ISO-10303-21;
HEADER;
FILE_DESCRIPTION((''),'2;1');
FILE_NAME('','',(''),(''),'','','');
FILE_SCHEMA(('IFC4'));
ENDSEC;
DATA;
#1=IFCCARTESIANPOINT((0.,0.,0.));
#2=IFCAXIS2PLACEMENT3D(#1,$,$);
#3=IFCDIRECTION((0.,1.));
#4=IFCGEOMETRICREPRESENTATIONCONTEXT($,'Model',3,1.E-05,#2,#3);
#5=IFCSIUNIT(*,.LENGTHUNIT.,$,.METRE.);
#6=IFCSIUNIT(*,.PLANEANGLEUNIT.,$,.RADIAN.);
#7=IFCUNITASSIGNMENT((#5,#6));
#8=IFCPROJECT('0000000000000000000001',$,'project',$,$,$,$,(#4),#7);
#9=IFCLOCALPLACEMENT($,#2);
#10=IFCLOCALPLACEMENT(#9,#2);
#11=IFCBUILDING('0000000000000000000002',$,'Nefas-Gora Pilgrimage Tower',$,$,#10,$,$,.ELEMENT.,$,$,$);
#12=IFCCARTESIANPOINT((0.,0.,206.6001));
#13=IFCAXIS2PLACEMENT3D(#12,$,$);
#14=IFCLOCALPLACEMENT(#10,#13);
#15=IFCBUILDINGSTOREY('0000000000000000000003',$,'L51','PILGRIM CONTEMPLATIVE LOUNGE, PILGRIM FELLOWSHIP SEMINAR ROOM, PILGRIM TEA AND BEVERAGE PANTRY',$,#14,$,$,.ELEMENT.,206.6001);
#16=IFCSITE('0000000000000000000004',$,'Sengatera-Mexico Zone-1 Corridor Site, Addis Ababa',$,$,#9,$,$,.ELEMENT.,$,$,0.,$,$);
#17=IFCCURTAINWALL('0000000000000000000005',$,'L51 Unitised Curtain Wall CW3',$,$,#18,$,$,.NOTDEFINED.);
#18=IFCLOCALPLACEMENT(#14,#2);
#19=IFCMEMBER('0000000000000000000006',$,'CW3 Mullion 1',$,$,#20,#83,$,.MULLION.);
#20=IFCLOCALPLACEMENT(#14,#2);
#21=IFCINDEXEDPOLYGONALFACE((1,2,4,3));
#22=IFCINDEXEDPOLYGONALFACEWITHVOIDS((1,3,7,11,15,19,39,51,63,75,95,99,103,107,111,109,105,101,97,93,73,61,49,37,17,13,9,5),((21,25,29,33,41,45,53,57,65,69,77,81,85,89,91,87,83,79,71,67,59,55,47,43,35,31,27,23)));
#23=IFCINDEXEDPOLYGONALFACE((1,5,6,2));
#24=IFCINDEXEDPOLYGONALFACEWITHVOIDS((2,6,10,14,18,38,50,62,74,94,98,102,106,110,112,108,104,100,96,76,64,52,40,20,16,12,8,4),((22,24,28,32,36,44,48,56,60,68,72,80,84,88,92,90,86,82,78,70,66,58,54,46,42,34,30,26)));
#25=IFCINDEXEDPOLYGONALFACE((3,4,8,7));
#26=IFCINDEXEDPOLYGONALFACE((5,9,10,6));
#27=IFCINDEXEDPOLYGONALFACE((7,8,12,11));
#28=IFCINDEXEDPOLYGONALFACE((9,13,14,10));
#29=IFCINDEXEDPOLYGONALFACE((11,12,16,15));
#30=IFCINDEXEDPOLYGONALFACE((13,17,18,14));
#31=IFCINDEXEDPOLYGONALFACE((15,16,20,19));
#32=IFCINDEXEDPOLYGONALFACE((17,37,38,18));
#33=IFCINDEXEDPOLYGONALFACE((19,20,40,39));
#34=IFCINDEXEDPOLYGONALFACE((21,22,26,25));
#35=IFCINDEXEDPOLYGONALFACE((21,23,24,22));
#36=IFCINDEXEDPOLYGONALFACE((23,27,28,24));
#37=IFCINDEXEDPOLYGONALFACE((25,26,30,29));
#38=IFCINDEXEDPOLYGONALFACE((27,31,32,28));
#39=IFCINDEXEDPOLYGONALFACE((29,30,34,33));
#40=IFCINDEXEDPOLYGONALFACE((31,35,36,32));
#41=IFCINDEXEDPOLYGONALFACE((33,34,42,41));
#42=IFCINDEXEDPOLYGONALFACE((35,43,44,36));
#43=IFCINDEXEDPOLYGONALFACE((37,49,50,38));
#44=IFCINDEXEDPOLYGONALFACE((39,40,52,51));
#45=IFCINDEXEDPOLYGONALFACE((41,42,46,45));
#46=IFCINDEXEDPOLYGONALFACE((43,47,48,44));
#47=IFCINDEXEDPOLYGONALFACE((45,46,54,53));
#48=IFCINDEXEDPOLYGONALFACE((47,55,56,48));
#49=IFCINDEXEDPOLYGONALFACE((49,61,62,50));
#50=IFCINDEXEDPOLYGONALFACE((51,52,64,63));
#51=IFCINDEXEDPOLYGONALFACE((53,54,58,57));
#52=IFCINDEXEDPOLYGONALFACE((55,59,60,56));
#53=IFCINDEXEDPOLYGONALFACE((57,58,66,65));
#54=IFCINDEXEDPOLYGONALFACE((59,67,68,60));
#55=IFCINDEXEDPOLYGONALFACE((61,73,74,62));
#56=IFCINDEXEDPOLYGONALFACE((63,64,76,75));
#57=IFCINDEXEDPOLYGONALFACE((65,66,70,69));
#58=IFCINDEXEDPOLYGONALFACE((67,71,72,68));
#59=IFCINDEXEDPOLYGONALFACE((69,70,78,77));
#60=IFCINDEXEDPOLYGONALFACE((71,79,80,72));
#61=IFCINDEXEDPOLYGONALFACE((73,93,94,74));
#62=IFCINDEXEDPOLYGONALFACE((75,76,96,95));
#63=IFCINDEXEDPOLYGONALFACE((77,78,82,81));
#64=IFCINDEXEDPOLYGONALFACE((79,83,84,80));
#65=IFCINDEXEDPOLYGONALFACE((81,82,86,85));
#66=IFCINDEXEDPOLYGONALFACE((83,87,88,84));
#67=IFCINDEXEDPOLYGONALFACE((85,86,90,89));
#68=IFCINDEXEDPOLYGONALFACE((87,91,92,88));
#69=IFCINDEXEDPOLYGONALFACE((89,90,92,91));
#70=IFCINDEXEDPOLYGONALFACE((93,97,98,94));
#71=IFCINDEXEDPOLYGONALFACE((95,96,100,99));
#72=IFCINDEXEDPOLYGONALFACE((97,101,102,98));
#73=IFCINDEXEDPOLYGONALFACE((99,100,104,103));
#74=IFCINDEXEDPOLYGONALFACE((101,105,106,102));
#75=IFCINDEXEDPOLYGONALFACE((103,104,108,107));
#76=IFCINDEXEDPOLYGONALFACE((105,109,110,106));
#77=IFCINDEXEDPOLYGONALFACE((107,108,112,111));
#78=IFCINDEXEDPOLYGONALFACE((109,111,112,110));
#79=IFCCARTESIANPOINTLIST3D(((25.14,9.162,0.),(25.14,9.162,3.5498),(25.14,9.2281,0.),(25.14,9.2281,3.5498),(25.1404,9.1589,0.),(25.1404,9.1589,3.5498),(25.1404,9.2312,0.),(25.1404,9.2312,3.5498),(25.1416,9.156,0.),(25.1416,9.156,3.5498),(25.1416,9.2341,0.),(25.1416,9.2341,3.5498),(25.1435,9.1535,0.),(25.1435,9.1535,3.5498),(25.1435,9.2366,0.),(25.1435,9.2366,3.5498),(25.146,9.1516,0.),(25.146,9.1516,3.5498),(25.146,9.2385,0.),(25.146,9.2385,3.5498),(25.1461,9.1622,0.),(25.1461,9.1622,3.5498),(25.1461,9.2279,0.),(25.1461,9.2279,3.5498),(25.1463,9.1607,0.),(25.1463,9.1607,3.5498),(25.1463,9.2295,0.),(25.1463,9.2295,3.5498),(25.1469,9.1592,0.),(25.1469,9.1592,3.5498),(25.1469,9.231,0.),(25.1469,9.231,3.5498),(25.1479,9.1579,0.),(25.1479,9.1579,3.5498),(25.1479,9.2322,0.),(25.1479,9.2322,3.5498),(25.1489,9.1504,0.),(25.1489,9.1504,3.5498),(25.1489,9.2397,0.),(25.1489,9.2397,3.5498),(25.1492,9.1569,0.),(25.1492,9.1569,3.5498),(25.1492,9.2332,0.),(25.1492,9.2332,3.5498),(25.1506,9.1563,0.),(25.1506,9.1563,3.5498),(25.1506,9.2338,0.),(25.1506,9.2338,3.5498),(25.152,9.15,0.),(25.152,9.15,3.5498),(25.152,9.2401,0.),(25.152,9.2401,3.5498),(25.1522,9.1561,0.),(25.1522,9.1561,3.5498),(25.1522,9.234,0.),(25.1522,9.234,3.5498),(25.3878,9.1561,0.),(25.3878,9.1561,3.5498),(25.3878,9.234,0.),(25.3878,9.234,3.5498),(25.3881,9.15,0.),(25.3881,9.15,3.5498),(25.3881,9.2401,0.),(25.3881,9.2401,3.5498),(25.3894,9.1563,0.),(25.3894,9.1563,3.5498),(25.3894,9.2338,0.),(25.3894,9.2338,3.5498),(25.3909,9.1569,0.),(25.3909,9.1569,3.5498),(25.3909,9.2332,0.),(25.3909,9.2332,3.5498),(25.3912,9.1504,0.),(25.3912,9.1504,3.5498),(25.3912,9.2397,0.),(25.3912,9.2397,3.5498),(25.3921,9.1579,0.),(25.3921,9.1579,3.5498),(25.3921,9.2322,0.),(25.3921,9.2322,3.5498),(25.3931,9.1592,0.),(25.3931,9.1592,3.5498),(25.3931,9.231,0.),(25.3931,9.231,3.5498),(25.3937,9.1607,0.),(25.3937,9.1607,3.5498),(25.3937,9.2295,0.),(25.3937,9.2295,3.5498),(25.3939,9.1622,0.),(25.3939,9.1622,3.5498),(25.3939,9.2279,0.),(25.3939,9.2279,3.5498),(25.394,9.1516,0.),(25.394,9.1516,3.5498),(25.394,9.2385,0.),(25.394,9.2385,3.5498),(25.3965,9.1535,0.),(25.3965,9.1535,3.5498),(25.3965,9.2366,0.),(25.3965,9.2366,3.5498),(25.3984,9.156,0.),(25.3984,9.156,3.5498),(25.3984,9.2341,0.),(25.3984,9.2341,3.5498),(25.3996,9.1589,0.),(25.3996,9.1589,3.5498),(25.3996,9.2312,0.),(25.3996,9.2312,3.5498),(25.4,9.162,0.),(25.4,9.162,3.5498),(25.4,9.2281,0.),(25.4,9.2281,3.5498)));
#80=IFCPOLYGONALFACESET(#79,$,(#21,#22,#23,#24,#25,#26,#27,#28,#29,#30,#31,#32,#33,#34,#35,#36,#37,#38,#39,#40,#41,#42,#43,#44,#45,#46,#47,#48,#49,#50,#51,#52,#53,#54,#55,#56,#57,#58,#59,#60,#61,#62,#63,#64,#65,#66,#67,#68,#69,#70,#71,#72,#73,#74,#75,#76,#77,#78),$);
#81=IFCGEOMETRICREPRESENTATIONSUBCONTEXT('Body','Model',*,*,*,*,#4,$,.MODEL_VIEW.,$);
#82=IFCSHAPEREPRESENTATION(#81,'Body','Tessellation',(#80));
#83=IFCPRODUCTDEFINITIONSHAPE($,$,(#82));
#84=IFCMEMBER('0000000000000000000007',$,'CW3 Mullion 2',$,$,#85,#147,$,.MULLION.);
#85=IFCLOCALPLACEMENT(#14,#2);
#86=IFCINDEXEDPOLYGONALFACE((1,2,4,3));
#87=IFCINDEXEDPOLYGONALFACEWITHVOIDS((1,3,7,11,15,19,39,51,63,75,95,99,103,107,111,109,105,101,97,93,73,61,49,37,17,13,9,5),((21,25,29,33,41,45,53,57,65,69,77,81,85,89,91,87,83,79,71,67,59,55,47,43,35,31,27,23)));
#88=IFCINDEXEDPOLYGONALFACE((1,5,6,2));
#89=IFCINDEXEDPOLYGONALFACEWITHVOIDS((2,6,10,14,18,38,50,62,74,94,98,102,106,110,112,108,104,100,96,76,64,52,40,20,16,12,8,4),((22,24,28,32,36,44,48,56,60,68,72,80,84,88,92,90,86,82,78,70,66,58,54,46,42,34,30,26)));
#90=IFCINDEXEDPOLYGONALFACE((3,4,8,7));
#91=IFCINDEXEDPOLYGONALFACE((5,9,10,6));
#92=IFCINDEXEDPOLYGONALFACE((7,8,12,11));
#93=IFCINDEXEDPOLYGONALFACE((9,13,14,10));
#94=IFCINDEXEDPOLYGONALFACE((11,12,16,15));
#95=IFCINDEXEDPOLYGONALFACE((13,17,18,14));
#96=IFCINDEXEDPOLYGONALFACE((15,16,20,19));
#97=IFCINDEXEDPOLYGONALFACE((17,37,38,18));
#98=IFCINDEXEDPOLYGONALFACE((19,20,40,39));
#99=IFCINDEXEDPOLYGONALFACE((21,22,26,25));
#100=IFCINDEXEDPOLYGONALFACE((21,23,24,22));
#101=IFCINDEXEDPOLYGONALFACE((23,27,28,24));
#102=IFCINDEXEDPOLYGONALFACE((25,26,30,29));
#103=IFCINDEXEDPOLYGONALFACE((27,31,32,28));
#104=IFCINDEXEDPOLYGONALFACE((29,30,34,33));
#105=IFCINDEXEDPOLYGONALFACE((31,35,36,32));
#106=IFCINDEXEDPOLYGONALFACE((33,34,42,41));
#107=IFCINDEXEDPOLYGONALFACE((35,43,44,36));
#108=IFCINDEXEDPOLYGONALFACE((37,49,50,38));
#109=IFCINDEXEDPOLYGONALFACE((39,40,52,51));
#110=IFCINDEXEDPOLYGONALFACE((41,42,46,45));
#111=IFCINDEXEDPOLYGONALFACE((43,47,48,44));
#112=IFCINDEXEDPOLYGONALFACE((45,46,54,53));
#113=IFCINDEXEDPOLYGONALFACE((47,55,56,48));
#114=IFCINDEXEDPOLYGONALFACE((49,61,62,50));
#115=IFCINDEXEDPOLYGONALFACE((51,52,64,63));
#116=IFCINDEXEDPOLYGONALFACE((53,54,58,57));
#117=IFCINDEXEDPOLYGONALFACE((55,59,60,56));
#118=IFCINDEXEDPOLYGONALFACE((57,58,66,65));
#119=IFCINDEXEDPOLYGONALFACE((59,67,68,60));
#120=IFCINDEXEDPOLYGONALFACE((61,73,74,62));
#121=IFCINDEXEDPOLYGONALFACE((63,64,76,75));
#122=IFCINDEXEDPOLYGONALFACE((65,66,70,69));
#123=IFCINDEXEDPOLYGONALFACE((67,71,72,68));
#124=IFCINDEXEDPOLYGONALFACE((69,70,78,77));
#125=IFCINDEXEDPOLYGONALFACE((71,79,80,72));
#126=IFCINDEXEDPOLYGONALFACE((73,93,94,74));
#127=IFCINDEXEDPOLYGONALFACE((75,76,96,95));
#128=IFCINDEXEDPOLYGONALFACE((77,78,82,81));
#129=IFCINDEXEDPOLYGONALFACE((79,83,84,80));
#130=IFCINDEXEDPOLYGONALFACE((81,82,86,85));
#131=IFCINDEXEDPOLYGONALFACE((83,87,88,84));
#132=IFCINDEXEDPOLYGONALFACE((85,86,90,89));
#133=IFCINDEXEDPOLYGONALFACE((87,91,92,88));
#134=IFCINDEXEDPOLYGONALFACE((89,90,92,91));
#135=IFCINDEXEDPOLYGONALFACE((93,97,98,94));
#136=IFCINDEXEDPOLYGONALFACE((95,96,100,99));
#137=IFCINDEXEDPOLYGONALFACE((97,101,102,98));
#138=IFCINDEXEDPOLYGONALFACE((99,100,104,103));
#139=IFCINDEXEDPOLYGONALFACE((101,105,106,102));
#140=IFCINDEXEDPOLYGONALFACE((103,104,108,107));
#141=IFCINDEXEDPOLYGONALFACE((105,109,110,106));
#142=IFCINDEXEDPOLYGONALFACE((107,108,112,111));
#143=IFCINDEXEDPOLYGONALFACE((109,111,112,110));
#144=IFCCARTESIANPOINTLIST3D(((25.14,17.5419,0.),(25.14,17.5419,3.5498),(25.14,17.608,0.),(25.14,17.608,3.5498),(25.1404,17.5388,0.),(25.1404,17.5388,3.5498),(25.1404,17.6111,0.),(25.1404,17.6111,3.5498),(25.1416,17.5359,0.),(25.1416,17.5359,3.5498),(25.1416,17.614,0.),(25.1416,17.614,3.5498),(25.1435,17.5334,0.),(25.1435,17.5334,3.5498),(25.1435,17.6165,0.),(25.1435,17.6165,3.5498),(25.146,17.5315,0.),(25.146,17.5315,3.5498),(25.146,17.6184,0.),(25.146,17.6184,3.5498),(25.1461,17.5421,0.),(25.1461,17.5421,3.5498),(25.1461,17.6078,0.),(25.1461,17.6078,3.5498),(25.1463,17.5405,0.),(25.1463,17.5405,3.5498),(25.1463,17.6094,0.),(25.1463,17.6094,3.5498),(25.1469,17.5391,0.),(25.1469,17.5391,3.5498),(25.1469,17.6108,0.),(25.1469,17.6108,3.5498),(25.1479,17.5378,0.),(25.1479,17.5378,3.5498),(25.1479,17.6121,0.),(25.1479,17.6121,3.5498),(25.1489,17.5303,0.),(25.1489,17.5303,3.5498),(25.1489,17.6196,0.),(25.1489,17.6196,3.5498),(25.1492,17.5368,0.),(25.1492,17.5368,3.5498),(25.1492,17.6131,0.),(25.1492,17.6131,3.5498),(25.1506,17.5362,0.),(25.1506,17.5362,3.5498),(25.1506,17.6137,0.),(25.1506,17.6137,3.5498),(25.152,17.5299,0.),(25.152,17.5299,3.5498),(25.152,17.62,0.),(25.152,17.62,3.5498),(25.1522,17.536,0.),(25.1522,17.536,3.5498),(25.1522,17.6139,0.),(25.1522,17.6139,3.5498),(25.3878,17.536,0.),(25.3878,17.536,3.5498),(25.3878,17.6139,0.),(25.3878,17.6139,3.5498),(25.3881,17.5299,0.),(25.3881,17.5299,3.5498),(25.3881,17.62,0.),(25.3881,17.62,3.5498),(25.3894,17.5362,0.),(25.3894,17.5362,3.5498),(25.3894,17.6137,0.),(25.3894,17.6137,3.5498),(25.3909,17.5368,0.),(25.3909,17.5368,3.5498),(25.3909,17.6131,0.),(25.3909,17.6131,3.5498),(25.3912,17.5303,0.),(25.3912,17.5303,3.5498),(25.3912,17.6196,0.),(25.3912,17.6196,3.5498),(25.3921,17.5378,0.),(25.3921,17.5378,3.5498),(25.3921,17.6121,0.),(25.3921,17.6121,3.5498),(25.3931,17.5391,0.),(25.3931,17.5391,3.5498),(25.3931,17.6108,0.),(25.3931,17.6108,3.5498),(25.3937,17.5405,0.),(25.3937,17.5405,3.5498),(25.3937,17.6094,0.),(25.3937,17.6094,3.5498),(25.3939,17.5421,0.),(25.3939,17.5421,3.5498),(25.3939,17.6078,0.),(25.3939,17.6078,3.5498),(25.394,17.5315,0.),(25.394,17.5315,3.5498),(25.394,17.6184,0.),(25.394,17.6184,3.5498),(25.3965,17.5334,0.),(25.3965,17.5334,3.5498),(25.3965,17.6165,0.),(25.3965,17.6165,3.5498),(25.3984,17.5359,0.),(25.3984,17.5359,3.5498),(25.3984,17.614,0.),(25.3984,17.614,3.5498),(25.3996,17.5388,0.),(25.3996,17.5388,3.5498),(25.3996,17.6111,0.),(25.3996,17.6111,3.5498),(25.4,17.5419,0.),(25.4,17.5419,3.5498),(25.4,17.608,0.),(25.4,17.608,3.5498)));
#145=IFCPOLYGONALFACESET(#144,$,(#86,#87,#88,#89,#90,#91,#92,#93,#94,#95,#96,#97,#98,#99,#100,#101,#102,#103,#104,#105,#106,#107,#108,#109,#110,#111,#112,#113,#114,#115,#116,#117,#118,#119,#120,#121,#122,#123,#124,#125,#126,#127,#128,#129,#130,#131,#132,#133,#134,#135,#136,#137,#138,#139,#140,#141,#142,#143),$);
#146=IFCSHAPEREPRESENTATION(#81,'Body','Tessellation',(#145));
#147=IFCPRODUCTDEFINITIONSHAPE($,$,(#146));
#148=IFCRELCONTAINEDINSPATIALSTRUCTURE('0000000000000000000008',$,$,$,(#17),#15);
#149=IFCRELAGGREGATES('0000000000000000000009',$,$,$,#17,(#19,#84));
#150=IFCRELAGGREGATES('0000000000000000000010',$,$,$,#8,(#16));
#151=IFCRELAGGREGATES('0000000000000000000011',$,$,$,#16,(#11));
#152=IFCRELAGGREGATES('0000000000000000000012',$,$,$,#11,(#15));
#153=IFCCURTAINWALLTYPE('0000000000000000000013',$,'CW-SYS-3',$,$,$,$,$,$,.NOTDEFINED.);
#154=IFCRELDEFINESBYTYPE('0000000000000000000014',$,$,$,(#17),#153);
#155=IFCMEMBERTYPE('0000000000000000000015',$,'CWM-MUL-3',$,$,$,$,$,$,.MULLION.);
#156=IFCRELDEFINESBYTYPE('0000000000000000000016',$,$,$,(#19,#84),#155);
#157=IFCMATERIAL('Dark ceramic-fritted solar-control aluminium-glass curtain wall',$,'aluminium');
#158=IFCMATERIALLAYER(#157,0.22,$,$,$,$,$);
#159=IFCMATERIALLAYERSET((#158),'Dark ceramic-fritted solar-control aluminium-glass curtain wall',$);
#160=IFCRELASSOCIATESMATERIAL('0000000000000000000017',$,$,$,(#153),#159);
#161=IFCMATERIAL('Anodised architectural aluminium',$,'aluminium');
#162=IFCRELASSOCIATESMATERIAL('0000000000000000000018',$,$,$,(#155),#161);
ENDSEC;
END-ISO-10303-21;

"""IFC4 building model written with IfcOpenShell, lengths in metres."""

from ifc_helpers import new_model, si_unit, direction, frame, origin, origin_2d, place, context, subcontext, project, spatial, hollow_rectangle, extrude, source, transform, mapped, material, layer, layer_set, material_profile, profile_set, type_object, element, aggregate, save


model = new_model("IFC4")

# Units and contexts
model_context = context("Model", 3, precision=1e-05, world=origin(), true_north=direction((0.0, 1.0)))
body_context = subcontext(model_context, "Body", "Model", "MODEL_VIEW")
ifc_project = project(units=[si_unit("LENGTHUNIT", "METRE"), si_unit("PLANEANGLEUNIT", "RADIAN")], contexts=[model_context])

# Site, building, storey
site_placement = place(None, origin())
site = spatial("IfcSite", under=ifc_project, at=site_placement, Name="Sengatera-Mexico Zone-1 Corridor Site, Addis Ababa", CompositionType="ELEMENT", RefElevation=0.0)
building_placement = place(site_placement, origin())
building = spatial("IfcBuilding", under=site, at=building_placement, Name="Nefas-Gora Pilgrimage Tower", CompositionType="ELEMENT")
storey_placement = place(building_placement, frame((0.0, 0.0, 206.6001)))
storey = spatial("IfcBuildingStorey", under=building, at=storey_placement, Name="L51", Description="PILGRIM CONTEMPLATIVE LOUNGE, PILGRIM FELLOWSHIP SEMINAR ROOM, PILGRIM TEA AND BEVERAGE PANTRY", CompositionType="ELEMENT", Elevation=206.6001)

# Shared definitions
ifc_material_1 = material(Name="Dark ceramic-fritted solar-control aluminium-glass curtain wall", Category="aluminium")
ifc_layer_1 = layer(ifc_material_1, 0.22)
ifc_layer_set_1 = layer_set([ifc_layer_1], Name="Dark ceramic-fritted solar-control aluminium-glass curtain wall")
curtain_wall_type = type_object("IfcCurtainWallType", Name="CW-SYS-3", PredefinedType="NOTDEFINED", material=ifc_layer_set_1)
ifc_material_2 = material(Name="Anodised architectural aluminium", Category="aluminium")

# Curtain wall, members
curtain_wall_1_placement = place(storey_placement, origin())
curtain_wall_1 = element("IfcCurtainWall", 1, at=curtain_wall_1_placement, inside=storey, type_object=curtain_wall_type, Name="L51 Unitised Curtain Wall CW3", PredefinedType="NOTDEFINED")
ifc_material_profile_1 = material_profile(ifc_material_2, hollow_rectangle(XDim=0.0901, YDim=0.26, WallThickness=0.0061, InnerFilletRadius=0.0061, OuterFilletRadius=0.012, at=origin_2d()), Name="ALU MULLION 90x260")
ifc_profile_set_1 = profile_set([ifc_material_profile_1], Name="Anodised architectural aluminium")
member_type_1 = type_object("IfcMemberType", Name="CWM-MUL-3", PredefinedType="MULLION", material=ifc_profile_set_1)
shared_shape_1 = source(origin(), body_context, "Body", "SweptSolid", [
    extrude(hollow_rectangle(XDim=0.0901, YDim=0.26, WallThickness=0.0061, InnerFilletRadius=0.0061, OuterFilletRadius=0.012, at=origin_2d()), origin(), (0.0, 0.0, 1.0), 3.5498),
])
member_1_placement = place(storey_placement, frame((25.27, 9.1951, 0.0), z_axis=(0.0, 0.0, 1.0), x_axis=(0.0, 1.0, 0.0)))
member_1 = element("IfcMember", 2, at=member_1_placement, type_object=member_type_1, Name="CW3 Mullion 1", PredefinedType="MULLION", context=body_context, shape_type="MappedRepresentation", body=[
    mapped(shared_shape_1, transform((0.0, 0.0, 0.0), x_axis=(1.0, 0.0, 0.0), y_axis=(0.0, 1.0, 0.0), z_axis=(0.0, 0.0, 1.0), scale=1.0)),
])
member_2_placement = place(storey_placement, frame((25.27, 17.575, 0.0), z_axis=(0.0, 0.0, 1.0), x_axis=(0.0, 1.0, 0.0)))
member_2 = element("IfcMember", 3, at=member_2_placement, type_object=member_type_1, Name="CW3 Mullion 2", PredefinedType="MULLION", context=body_context, shape_type="MappedRepresentation", body=[
    mapped(shared_shape_1, transform((0.0, 0.0, 0.0), x_axis=(1.0, 0.0, 0.0), y_axis=(0.0, 1.0, 0.0), z_axis=(0.0, 0.0, 1.0), scale=1.0)),
])

aggregate(curtain_wall_1, [member_1, member_2])

save(model, "model.ifc")
